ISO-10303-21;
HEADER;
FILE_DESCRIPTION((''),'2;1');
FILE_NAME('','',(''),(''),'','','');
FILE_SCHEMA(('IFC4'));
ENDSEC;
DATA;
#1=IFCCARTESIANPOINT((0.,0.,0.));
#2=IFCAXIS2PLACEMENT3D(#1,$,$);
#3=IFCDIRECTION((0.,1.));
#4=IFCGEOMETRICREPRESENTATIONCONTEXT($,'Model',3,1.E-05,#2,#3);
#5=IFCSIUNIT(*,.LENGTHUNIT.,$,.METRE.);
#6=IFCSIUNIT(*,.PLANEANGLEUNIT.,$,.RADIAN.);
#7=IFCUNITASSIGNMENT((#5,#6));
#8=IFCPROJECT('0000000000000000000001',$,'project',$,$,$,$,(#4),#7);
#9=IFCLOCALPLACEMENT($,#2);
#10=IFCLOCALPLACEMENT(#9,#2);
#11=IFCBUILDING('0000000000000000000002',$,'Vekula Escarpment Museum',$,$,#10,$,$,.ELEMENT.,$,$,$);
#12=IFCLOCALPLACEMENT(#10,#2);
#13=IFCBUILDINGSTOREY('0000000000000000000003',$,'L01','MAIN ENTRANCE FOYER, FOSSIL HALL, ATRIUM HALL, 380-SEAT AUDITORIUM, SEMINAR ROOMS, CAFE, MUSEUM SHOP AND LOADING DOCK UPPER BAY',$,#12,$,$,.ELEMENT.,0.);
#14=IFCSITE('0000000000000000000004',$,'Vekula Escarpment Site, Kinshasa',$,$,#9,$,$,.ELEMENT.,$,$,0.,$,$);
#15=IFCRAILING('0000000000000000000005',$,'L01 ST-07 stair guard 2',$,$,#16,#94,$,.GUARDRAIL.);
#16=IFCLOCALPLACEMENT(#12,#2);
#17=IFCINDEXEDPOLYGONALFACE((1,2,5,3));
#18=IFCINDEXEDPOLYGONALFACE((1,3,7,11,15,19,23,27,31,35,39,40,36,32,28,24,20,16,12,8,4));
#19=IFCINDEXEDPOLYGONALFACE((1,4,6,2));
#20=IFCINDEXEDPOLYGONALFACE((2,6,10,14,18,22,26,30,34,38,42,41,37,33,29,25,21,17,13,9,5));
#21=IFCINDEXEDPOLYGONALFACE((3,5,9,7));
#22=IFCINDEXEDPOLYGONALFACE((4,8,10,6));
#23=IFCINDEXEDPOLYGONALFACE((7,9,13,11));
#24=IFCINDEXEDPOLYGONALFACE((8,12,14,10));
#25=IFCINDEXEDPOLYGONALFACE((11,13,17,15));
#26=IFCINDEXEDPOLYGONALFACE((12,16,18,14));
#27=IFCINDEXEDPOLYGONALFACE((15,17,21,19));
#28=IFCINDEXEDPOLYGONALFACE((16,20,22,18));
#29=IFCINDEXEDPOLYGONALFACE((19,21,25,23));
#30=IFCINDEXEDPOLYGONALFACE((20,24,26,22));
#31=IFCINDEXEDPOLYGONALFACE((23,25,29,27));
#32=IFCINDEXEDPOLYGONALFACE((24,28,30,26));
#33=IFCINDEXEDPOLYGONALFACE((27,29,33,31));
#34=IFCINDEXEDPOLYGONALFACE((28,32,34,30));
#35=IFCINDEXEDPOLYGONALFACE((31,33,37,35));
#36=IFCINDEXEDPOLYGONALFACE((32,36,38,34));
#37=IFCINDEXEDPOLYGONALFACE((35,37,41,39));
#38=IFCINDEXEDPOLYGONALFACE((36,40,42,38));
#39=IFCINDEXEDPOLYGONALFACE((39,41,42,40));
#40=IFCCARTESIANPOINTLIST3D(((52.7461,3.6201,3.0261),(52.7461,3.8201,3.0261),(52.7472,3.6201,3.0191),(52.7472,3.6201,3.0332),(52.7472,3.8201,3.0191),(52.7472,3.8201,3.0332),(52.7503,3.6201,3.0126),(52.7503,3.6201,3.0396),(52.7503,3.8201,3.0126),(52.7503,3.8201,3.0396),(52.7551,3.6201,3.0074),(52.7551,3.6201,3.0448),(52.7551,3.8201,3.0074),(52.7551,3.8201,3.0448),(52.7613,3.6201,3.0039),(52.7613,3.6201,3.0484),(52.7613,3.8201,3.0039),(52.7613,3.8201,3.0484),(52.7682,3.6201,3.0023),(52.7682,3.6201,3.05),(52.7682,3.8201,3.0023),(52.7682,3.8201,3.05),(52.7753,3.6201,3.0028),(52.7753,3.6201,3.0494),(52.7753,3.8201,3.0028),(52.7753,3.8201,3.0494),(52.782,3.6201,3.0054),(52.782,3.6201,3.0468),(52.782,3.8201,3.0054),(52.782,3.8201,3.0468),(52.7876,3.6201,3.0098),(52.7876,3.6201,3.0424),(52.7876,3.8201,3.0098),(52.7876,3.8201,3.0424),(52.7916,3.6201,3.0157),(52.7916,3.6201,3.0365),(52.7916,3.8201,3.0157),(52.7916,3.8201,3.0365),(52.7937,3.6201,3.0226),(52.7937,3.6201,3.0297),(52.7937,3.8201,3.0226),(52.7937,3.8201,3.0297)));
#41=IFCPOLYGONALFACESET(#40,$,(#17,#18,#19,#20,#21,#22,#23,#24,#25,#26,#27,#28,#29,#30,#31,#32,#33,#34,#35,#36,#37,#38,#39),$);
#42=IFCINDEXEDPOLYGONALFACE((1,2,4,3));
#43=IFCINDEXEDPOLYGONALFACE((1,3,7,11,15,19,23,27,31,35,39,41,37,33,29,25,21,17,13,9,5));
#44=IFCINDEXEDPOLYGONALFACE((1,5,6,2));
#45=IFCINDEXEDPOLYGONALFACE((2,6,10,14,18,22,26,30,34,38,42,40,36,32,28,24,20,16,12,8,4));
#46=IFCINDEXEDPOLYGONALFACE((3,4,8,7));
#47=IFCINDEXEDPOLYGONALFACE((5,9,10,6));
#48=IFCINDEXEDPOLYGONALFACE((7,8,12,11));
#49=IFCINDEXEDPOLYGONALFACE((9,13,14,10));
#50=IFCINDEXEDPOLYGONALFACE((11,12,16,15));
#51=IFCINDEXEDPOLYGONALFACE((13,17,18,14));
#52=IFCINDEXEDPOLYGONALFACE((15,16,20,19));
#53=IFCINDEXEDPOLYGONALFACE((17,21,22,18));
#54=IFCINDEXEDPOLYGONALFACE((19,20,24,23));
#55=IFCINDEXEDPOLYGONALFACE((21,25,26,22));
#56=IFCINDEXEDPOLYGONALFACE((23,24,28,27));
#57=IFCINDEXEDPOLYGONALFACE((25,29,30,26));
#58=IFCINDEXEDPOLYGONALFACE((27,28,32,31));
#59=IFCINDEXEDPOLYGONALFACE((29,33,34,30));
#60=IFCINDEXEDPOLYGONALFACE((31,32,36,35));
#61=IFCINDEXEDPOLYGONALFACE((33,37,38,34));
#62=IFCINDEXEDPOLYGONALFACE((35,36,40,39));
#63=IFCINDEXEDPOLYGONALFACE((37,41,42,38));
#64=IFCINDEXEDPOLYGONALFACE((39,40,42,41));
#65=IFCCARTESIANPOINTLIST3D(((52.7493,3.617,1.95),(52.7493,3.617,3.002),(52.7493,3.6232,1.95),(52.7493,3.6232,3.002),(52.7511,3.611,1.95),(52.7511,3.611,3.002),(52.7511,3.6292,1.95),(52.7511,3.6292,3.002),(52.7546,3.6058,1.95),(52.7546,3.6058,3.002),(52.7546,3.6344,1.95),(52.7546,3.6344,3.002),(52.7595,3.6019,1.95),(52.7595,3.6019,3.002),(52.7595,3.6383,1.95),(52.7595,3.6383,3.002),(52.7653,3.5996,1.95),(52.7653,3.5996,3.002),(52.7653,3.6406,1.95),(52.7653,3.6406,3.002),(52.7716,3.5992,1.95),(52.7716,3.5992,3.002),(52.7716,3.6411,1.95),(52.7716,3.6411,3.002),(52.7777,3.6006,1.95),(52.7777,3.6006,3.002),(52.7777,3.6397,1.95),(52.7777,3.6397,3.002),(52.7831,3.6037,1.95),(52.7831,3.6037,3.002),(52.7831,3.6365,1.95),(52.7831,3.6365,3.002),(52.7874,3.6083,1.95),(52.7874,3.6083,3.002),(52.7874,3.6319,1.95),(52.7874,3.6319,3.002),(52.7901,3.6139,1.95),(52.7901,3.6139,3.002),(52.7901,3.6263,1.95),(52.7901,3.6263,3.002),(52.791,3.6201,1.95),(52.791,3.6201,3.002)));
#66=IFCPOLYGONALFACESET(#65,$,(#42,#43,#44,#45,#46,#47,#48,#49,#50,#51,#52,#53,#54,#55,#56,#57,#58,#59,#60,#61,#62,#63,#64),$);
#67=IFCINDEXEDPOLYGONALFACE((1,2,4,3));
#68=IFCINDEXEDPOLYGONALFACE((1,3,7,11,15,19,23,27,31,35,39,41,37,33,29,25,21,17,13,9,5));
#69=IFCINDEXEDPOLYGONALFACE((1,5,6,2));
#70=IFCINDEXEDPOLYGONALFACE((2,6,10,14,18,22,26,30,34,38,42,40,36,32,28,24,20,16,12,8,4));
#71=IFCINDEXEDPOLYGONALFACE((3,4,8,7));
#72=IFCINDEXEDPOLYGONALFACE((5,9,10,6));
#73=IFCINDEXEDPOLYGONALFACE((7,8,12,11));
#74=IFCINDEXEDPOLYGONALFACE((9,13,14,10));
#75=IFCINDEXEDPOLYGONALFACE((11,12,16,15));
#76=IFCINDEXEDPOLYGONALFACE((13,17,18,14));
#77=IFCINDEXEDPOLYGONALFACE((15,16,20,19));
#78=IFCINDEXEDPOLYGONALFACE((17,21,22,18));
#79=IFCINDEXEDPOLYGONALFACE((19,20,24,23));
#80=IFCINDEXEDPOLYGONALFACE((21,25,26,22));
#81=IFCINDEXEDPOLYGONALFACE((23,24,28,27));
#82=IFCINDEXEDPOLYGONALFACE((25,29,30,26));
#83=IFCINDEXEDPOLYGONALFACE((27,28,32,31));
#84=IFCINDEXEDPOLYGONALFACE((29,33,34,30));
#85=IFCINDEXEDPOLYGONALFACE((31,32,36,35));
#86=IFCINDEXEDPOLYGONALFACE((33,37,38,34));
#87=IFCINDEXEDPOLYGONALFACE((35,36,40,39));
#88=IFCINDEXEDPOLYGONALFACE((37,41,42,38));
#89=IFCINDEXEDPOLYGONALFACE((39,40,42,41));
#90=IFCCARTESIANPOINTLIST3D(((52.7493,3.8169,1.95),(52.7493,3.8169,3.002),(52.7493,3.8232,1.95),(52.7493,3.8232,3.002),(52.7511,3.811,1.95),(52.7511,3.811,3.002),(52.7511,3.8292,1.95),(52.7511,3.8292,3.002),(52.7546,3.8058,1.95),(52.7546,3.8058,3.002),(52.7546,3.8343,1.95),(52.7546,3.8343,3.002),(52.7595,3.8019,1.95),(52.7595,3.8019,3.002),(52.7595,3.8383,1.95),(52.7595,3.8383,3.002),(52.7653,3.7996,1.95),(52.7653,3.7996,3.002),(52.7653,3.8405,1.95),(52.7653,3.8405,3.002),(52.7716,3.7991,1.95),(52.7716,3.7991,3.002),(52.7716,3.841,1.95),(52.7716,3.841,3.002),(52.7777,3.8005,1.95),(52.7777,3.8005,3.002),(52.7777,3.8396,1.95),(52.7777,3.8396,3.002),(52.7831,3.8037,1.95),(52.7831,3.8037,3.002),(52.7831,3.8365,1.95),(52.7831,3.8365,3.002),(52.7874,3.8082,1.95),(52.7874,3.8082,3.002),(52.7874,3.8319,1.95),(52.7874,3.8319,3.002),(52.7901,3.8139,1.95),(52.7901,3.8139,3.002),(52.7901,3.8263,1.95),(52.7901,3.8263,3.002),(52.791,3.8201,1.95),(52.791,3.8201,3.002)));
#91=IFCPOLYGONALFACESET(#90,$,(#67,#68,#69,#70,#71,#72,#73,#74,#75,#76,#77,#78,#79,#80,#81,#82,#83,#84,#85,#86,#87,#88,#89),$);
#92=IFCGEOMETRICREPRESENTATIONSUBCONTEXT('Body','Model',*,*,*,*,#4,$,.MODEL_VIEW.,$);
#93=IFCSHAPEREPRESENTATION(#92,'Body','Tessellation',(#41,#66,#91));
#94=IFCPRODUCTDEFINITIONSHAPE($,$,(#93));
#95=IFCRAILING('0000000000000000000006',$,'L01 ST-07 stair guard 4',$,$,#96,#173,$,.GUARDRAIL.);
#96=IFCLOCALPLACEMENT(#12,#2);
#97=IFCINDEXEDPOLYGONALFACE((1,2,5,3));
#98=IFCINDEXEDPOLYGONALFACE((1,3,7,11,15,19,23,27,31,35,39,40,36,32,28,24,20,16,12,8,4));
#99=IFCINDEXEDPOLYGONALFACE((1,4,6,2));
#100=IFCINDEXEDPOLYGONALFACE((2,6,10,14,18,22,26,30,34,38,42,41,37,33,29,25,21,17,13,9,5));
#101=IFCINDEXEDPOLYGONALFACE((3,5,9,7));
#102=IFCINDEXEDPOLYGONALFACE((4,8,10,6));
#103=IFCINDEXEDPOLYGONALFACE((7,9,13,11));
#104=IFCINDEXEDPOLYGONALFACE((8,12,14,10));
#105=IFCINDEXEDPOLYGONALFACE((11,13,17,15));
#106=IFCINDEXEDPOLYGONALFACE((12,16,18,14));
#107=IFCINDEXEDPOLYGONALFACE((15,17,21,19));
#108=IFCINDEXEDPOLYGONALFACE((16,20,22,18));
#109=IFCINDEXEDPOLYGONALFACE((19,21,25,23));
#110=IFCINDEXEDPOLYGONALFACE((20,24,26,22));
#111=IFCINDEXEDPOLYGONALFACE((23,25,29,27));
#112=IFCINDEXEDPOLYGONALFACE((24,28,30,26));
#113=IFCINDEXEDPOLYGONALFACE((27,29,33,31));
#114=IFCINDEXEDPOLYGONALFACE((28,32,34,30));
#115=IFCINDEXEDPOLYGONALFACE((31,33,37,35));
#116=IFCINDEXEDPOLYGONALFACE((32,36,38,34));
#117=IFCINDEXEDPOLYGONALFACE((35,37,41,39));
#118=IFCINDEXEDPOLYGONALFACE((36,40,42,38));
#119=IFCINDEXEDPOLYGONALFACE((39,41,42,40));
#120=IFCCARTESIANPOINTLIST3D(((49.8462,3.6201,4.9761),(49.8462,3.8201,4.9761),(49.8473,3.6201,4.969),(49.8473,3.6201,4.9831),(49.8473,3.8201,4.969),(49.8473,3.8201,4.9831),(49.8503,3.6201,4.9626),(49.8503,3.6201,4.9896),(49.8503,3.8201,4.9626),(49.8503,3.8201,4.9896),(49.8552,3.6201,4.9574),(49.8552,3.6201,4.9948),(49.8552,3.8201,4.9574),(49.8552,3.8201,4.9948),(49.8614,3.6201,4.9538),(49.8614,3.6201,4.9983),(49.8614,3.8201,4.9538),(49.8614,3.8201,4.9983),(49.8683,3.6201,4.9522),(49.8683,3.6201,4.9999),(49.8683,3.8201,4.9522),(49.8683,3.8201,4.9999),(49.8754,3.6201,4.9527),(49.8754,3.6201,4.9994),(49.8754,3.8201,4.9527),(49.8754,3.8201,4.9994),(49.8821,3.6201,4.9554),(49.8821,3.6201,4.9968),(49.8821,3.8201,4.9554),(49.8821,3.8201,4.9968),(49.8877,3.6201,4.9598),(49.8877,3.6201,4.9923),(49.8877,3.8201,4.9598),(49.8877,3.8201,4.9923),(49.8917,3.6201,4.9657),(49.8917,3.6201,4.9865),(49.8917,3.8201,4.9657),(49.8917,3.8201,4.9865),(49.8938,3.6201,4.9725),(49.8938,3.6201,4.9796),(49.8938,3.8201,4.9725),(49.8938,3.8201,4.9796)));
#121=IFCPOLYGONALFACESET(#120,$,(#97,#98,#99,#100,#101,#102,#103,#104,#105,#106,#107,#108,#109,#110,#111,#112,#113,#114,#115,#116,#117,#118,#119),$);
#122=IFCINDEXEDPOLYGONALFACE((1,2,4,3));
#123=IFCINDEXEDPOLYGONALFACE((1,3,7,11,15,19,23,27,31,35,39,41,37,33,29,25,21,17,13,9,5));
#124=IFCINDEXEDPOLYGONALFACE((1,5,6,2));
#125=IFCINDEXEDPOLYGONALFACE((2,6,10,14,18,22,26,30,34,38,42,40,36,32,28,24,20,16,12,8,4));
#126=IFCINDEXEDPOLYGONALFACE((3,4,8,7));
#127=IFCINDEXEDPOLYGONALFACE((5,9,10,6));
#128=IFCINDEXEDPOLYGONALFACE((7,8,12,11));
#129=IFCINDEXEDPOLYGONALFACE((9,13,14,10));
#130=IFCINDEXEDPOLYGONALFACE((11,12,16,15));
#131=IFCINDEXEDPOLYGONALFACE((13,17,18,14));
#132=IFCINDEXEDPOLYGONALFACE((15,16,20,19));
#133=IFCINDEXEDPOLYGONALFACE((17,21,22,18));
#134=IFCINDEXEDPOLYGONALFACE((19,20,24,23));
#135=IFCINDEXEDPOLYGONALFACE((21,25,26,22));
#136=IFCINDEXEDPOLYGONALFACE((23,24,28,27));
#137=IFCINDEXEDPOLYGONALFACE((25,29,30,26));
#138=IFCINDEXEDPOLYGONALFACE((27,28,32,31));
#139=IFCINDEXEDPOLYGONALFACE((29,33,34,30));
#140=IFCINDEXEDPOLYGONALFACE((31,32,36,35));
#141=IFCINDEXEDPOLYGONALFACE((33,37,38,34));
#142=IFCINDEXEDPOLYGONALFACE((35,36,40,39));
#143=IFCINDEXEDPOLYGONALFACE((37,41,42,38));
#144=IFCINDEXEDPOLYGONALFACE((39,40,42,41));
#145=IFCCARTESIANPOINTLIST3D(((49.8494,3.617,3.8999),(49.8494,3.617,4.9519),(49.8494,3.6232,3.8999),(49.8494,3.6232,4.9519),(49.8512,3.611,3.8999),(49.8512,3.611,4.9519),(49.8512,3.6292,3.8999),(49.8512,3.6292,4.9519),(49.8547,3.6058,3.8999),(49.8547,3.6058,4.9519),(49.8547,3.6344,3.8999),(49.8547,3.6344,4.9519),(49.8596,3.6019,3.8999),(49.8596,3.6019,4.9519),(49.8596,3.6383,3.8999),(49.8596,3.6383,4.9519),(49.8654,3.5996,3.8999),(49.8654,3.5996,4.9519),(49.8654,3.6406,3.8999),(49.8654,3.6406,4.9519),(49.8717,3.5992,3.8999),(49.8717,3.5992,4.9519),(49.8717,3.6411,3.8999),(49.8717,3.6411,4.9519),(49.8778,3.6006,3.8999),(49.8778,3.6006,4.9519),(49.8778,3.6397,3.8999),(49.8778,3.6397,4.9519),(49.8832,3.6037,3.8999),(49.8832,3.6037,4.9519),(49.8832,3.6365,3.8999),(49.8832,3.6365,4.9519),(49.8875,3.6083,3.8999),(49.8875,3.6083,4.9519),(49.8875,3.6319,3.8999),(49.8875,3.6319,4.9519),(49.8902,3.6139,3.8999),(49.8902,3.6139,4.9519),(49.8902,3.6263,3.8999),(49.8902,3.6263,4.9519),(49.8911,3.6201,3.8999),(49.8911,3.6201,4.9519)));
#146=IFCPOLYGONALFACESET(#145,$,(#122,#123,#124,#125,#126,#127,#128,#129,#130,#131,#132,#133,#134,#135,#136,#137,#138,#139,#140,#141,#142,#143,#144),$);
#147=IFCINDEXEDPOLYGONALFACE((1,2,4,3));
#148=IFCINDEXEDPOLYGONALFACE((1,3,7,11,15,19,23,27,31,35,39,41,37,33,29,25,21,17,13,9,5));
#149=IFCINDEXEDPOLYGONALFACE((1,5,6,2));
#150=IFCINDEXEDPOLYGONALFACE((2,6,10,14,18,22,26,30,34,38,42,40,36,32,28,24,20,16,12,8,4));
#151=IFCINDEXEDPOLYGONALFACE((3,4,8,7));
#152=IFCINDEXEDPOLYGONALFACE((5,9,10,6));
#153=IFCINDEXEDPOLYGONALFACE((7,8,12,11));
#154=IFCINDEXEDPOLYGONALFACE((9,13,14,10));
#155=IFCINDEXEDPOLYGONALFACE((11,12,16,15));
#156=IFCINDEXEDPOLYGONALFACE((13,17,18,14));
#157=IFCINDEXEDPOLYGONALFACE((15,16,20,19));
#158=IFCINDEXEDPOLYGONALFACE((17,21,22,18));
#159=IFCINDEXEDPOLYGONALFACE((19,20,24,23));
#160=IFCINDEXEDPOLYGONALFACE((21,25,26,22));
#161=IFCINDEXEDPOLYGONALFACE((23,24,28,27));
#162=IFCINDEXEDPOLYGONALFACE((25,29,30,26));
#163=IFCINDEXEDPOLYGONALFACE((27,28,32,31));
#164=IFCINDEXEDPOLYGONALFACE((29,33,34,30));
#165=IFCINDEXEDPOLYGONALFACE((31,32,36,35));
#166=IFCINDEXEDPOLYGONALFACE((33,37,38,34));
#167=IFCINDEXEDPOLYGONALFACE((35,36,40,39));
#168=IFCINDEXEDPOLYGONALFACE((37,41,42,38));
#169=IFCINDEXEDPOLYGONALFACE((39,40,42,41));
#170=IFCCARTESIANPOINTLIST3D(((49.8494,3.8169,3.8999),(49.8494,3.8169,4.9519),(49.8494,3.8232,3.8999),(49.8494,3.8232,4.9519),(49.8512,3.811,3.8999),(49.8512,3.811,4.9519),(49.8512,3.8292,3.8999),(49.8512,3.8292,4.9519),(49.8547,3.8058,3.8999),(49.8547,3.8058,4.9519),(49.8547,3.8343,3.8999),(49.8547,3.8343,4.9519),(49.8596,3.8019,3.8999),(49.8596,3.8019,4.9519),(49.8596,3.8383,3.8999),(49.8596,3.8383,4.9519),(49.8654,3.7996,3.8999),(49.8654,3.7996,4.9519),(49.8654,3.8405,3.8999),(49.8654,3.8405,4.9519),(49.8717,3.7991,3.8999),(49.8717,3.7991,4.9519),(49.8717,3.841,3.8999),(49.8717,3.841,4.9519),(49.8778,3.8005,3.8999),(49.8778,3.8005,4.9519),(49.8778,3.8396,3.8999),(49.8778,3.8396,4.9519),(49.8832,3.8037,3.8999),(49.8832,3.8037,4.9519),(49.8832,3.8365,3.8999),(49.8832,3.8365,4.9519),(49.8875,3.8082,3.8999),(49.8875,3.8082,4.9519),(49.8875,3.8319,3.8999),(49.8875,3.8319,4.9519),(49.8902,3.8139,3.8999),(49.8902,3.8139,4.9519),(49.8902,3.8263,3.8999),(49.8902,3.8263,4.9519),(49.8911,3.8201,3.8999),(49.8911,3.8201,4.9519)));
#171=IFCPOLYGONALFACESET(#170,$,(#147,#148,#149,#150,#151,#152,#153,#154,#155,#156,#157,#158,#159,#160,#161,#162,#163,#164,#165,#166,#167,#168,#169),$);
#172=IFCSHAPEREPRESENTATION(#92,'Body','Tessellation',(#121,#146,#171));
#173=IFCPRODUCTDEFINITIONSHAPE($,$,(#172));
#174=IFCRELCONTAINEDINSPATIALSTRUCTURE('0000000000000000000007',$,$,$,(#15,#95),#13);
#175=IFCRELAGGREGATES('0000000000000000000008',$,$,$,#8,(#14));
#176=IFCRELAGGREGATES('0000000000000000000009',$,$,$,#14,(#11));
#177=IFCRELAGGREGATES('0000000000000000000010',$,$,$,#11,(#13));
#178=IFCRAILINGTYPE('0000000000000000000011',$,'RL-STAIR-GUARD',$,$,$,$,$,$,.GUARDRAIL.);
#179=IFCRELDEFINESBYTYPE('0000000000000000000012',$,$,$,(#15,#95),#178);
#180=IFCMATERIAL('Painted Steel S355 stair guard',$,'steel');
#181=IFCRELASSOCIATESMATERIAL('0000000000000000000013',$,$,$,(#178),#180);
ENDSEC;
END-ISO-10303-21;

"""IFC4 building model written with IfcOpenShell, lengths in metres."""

from ifc_helpers import new_model, si_unit, direction, frame, origin, origin_2d, place, context, subcontext, project, spatial, circle, extrude, material, type_object, element, save


model = new_model("IFC4")

# Units and contexts
model_context = context("Model", 3, precision=1e-05, world=origin(), true_north=direction((0.0, 1.0)))
body_context = subcontext(model_context, "Body", "Model", "MODEL_VIEW")
ifc_project = project(units=[si_unit("LENGTHUNIT", "METRE"), si_unit("PLANEANGLEUNIT", "RADIAN")], contexts=[model_context])

# Site, building, storey
site_placement = place(None, origin())
site = spatial("IfcSite", under=ifc_project, at=site_placement, Name="Vekula Escarpment Site, Kinshasa", CompositionType="ELEMENT", RefElevation=0.0)
building_placement = place(site_placement, origin())
building = spatial("IfcBuilding", under=site, at=building_placement, Name="Vekula Escarpment Museum", CompositionType="ELEMENT")
storey_placement = place(building_placement, origin())
storey = spatial("IfcBuildingStorey", under=building, at=storey_placement, Name="L01", Description="MAIN ENTRANCE FOYER, FOSSIL HALL, ATRIUM HALL, 380-SEAT AUDITORIUM, SEMINAR ROOMS, CAFE, MUSEUM SHOP AND LOADING DOCK UPPER BAY", CompositionType="ELEMENT", Elevation=0.0)

# Railings
ifc_material_1 = material(Name="Painted Steel S355 stair guard", Category="steel")
railing_type_1 = type_object("IfcRailingType", Name="RL-STAIR-GUARD", PredefinedType="GUARDRAIL", material=ifc_material_1)
for number, where, name in (
    (1, (52.77, 3.6201, 1.95), "L01 ST-07 stair guard 2"),
    (2, (49.8701, 3.6201, 3.8999), "L01 ST-07 stair guard 4"),
):
    element("IfcRailing", number, at=place(storey_placement, frame(where)), inside=storey, type_object=railing_type_1, Name=name, PredefinedType="GUARDRAIL", context=body_context, shape_type="SweptSolid", body=[
        extrude(circle(Radius=0.0239, at=origin_2d()), frame((0.0, 0.0, 1.0762), z_axis=(0.0, 1.0, 0.0), x_axis=(-1.0, 0.0, 0.0)), (0.0, 0.0, 1.0), 0.2),
        extrude(circle(Radius=0.021, at=origin_2d()), origin(), (0.0, 0.0, 1.0), 1.052),
        extrude(circle(Radius=0.021, at=origin_2d()), frame((0.0, 0.2, 0.0)), (0.0, 0.0, 1.0), 1.052),
    ])

save(model, "model.ifc")
